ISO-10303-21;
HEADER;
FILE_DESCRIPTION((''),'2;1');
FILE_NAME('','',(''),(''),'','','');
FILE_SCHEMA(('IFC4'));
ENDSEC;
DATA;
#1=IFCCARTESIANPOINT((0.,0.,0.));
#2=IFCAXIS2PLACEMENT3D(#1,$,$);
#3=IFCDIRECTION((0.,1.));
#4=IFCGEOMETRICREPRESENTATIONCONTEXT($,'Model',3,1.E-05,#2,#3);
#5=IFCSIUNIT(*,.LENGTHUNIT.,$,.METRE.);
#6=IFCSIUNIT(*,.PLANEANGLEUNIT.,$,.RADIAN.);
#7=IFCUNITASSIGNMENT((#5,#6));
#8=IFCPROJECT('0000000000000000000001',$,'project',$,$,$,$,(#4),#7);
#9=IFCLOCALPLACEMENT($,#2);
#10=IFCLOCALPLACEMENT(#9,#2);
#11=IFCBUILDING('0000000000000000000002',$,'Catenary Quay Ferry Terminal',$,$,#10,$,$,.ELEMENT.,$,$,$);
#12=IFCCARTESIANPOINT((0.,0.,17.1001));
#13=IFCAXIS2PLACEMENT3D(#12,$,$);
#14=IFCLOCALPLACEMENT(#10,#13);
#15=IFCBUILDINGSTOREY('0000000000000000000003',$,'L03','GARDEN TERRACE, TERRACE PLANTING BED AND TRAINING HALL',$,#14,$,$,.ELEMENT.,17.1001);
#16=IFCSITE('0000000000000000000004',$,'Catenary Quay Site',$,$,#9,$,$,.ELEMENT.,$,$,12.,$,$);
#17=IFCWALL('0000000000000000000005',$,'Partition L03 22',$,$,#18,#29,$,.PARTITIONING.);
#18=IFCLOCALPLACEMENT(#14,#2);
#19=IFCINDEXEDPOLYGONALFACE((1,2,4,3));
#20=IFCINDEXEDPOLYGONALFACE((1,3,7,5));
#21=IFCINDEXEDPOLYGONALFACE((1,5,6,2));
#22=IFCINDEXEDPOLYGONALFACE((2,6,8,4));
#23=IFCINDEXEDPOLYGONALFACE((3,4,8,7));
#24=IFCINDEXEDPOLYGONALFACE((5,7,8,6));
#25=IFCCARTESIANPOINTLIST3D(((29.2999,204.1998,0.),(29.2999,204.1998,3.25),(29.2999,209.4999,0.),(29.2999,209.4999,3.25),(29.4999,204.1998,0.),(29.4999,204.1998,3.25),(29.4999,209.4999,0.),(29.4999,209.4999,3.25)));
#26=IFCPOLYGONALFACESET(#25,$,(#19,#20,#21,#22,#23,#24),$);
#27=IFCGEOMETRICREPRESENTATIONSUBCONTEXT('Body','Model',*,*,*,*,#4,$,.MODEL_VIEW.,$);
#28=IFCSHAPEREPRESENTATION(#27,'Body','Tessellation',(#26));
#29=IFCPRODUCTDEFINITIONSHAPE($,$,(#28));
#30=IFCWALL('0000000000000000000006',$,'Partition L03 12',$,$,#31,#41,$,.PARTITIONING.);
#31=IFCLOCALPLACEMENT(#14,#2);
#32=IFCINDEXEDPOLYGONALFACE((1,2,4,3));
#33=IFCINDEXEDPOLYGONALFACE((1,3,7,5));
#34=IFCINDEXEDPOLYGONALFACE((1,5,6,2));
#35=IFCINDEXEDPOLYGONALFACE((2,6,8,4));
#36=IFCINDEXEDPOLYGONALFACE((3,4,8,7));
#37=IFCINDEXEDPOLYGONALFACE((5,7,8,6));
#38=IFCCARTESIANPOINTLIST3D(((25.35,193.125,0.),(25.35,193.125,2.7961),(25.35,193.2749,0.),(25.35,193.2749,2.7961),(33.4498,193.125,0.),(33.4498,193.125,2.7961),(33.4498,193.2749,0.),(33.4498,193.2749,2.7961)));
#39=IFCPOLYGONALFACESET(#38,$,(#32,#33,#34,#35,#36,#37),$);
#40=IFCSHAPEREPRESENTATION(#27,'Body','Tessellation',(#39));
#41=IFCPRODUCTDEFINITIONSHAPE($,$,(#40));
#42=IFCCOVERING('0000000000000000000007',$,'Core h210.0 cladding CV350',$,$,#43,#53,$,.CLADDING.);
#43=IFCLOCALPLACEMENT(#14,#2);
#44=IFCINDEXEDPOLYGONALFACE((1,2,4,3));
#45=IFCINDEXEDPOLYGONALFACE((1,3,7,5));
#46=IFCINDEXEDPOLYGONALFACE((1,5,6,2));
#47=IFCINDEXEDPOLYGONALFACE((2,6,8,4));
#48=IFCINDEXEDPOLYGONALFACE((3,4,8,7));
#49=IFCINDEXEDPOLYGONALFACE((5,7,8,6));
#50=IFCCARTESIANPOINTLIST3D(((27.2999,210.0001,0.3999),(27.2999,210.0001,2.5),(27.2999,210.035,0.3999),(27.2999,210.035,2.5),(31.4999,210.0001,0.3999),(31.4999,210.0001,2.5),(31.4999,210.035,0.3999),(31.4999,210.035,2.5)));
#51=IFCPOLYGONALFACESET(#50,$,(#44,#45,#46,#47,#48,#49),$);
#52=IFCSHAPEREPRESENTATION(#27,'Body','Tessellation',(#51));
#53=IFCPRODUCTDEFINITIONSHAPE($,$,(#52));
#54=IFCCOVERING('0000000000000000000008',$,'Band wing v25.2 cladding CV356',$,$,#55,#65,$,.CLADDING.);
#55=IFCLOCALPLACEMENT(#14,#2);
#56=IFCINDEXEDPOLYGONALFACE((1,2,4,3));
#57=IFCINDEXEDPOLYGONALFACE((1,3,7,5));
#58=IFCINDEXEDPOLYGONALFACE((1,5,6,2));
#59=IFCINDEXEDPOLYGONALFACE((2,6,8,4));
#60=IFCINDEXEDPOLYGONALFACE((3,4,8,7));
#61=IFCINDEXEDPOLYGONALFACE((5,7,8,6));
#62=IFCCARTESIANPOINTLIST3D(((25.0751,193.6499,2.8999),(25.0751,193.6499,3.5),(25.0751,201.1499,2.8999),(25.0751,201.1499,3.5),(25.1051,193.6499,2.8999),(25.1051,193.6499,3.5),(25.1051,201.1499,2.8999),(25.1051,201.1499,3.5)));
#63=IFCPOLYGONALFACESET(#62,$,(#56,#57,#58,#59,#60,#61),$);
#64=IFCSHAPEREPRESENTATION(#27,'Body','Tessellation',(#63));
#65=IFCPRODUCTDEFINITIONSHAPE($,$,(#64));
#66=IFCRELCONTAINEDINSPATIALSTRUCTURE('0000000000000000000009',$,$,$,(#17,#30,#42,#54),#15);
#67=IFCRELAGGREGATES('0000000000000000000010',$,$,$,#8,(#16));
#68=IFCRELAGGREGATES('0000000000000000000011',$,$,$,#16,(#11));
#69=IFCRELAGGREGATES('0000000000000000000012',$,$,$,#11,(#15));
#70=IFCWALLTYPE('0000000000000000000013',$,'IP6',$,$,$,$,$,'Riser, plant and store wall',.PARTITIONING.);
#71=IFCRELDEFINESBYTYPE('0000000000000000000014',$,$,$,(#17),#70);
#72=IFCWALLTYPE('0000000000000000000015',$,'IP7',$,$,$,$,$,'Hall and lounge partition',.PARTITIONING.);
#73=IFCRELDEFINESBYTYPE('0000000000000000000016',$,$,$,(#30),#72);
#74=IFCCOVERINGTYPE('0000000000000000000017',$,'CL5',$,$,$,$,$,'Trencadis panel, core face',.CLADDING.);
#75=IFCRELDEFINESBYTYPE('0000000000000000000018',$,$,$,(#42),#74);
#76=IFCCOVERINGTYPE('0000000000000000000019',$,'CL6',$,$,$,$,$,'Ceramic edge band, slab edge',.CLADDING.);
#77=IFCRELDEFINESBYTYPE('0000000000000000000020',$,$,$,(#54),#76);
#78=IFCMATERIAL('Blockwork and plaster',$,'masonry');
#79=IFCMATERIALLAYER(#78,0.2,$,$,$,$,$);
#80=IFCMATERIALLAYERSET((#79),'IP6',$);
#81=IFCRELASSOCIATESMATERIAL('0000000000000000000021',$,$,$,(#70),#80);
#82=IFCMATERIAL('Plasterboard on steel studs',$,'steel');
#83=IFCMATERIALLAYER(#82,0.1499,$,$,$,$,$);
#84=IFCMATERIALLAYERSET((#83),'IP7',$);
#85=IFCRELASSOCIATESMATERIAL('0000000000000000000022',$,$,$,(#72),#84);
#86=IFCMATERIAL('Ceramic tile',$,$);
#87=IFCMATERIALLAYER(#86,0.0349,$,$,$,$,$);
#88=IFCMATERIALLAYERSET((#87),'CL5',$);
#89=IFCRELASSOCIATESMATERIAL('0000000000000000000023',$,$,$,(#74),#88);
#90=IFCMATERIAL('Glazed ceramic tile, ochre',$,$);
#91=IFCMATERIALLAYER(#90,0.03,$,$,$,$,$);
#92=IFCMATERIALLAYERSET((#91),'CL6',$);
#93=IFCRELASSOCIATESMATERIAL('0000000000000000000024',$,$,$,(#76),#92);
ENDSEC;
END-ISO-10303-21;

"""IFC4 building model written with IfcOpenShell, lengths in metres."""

from ifc_helpers import new_model, si_unit, direction, frame, frame_2d, origin, origin_2d, place, context, subcontext, project, spatial, rectangle, extrude, material, layer, layer_set, type_object, element, save


model = new_model("IFC4")

# Units and contexts
model_context = context("Model", 3, precision=1e-05, world=origin(), true_north=direction((0.0, 1.0)))
body_context = subcontext(model_context, "Body", "Model", "MODEL_VIEW")
ifc_project = project(units=[si_unit("LENGTHUNIT", "METRE"), si_unit("PLANEANGLEUNIT", "RADIAN")], contexts=[model_context])

# Site, building, storey
site_placement = place(None, origin())
site = spatial("IfcSite", under=ifc_project, at=site_placement, Name="Catenary Quay Site", CompositionType="ELEMENT", RefElevation=12.0)
building_placement = place(site_placement, origin())
building = spatial("IfcBuilding", under=site, at=building_placement, Name="Catenary Quay Ferry Terminal", CompositionType="ELEMENT")
storey_placement = place(building_placement, frame((0.0, 0.0, 17.1001)))
storey = spatial("IfcBuildingStorey", under=building, at=storey_placement, Name="L03", Description="GARDEN TERRACE, TERRACE PLANTING BED AND TRAINING HALL", CompositionType="ELEMENT", Elevation=17.1001)

# Shared definitions
ifc_material_1 = material(Name="Blockwork and plaster", Category="masonry")
ifc_layer_1 = layer(ifc_material_1, 0.2)
ifc_layer_set_1 = layer_set([ifc_layer_1], Name="IP6")
wall_type_1 = type_object("IfcWallType", Name="IP6", ElementType="Riser, plant and store wall", PredefinedType="PARTITIONING", material=ifc_layer_set_1)

# Walls
wall_1_placement = place(storey_placement, frame((29.3999, 204.2, 0.0), z_axis=(0.0, 0.0, 1.0), x_axis=(0.0, 1.0, 0.0)))
element("IfcWall", 1, at=wall_1_placement, inside=storey, type_object=wall_type_1, Name="Partition L03 22", PredefinedType="PARTITIONING", context=body_context, shape_type="SweptSolid", body=[
    extrude(rectangle(XDim=5.3, YDim=0.2, at=frame_2d((2.6499, 0.0))), origin(), (0.0, 0.0, 1.0), 3.25),
])
ifc_material_2 = material(Name="Plasterboard on steel studs", Category="steel")
ifc_layer_2 = layer(ifc_material_2, 0.1499)
ifc_layer_set_2 = layer_set([ifc_layer_2], Name="IP7")
wall_type_2 = type_object("IfcWallType", Name="IP7", ElementType="Hall and lounge partition", PredefinedType="PARTITIONING", material=ifc_layer_set_2)
wall_2_placement = place(storey_placement, frame((25.3501, 193.2, 0.0), z_axis=(0.0, 0.0, 1.0), x_axis=(1.0, 0.0, 0.0)))
element("IfcWall", 2, at=wall_2_placement, inside=storey, type_object=wall_type_2, Name="Partition L03 12", PredefinedType="PARTITIONING", context=body_context, shape_type="SweptSolid", body=[
    extrude(rectangle(XDim=8.0999, YDim=0.1499, at=frame_2d((4.0498, 0.0))), origin(), (0.0, 0.0, 1.0), 2.7961),
])

# Coverings
ifc_material_3 = material(Name="Ceramic tile")
ifc_layer_3 = layer(ifc_material_3, 0.0349)
ifc_layer_set_3 = layer_set([ifc_layer_3], Name="CL5")
covering_type_1 = type_object("IfcCoveringType", Name="CL5", ElementType="Trencadis panel, core face", PredefinedType="CLADDING", material=ifc_layer_set_3)
covering_1_placement = place(storey_placement, frame((29.3999, 210.0176, 0.3999), z_axis=(0.0, 0.0, 1.0), x_axis=(1.0, 0.0, 0.0)))
element("IfcCovering", 3, at=covering_1_placement, inside=storey, type_object=covering_type_1, Name="Core h210.0 cladding CV350", PredefinedType="CLADDING", context=body_context, shape_type="SweptSolid", body=[
    extrude(rectangle(XDim=4.2, YDim=0.0349, at=origin_2d()), origin(), (0.0, 0.0, 1.0), 2.1001),
])
ifc_material_4 = material(Name="Glazed ceramic tile, ochre")
ifc_layer_4 = layer(ifc_material_4, 0.03)
ifc_layer_set_4 = layer_set([ifc_layer_4], Name="CL6")
covering_type_2 = type_object("IfcCoveringType", Name="CL6", ElementType="Ceramic edge band, slab edge", PredefinedType="CLADDING", material=ifc_layer_set_4)
covering_2_placement = place(storey_placement, frame((25.0901, 197.3999, 2.8999), z_axis=(0.0, 0.0, 1.0), x_axis=(1.0, 0.0, 0.0)))
element("IfcCovering", 4, at=covering_2_placement, inside=storey, type_object=covering_type_2, Name="Band wing v25.2 cladding CV356", PredefinedType="CLADDING", context=body_context, shape_type="SweptSolid", body=[
    extrude(rectangle(XDim=0.03, YDim=7.5, at=origin_2d()), origin(), (0.0, 0.0, 1.0), 0.6001),
])

save(model, "model.ifc")
